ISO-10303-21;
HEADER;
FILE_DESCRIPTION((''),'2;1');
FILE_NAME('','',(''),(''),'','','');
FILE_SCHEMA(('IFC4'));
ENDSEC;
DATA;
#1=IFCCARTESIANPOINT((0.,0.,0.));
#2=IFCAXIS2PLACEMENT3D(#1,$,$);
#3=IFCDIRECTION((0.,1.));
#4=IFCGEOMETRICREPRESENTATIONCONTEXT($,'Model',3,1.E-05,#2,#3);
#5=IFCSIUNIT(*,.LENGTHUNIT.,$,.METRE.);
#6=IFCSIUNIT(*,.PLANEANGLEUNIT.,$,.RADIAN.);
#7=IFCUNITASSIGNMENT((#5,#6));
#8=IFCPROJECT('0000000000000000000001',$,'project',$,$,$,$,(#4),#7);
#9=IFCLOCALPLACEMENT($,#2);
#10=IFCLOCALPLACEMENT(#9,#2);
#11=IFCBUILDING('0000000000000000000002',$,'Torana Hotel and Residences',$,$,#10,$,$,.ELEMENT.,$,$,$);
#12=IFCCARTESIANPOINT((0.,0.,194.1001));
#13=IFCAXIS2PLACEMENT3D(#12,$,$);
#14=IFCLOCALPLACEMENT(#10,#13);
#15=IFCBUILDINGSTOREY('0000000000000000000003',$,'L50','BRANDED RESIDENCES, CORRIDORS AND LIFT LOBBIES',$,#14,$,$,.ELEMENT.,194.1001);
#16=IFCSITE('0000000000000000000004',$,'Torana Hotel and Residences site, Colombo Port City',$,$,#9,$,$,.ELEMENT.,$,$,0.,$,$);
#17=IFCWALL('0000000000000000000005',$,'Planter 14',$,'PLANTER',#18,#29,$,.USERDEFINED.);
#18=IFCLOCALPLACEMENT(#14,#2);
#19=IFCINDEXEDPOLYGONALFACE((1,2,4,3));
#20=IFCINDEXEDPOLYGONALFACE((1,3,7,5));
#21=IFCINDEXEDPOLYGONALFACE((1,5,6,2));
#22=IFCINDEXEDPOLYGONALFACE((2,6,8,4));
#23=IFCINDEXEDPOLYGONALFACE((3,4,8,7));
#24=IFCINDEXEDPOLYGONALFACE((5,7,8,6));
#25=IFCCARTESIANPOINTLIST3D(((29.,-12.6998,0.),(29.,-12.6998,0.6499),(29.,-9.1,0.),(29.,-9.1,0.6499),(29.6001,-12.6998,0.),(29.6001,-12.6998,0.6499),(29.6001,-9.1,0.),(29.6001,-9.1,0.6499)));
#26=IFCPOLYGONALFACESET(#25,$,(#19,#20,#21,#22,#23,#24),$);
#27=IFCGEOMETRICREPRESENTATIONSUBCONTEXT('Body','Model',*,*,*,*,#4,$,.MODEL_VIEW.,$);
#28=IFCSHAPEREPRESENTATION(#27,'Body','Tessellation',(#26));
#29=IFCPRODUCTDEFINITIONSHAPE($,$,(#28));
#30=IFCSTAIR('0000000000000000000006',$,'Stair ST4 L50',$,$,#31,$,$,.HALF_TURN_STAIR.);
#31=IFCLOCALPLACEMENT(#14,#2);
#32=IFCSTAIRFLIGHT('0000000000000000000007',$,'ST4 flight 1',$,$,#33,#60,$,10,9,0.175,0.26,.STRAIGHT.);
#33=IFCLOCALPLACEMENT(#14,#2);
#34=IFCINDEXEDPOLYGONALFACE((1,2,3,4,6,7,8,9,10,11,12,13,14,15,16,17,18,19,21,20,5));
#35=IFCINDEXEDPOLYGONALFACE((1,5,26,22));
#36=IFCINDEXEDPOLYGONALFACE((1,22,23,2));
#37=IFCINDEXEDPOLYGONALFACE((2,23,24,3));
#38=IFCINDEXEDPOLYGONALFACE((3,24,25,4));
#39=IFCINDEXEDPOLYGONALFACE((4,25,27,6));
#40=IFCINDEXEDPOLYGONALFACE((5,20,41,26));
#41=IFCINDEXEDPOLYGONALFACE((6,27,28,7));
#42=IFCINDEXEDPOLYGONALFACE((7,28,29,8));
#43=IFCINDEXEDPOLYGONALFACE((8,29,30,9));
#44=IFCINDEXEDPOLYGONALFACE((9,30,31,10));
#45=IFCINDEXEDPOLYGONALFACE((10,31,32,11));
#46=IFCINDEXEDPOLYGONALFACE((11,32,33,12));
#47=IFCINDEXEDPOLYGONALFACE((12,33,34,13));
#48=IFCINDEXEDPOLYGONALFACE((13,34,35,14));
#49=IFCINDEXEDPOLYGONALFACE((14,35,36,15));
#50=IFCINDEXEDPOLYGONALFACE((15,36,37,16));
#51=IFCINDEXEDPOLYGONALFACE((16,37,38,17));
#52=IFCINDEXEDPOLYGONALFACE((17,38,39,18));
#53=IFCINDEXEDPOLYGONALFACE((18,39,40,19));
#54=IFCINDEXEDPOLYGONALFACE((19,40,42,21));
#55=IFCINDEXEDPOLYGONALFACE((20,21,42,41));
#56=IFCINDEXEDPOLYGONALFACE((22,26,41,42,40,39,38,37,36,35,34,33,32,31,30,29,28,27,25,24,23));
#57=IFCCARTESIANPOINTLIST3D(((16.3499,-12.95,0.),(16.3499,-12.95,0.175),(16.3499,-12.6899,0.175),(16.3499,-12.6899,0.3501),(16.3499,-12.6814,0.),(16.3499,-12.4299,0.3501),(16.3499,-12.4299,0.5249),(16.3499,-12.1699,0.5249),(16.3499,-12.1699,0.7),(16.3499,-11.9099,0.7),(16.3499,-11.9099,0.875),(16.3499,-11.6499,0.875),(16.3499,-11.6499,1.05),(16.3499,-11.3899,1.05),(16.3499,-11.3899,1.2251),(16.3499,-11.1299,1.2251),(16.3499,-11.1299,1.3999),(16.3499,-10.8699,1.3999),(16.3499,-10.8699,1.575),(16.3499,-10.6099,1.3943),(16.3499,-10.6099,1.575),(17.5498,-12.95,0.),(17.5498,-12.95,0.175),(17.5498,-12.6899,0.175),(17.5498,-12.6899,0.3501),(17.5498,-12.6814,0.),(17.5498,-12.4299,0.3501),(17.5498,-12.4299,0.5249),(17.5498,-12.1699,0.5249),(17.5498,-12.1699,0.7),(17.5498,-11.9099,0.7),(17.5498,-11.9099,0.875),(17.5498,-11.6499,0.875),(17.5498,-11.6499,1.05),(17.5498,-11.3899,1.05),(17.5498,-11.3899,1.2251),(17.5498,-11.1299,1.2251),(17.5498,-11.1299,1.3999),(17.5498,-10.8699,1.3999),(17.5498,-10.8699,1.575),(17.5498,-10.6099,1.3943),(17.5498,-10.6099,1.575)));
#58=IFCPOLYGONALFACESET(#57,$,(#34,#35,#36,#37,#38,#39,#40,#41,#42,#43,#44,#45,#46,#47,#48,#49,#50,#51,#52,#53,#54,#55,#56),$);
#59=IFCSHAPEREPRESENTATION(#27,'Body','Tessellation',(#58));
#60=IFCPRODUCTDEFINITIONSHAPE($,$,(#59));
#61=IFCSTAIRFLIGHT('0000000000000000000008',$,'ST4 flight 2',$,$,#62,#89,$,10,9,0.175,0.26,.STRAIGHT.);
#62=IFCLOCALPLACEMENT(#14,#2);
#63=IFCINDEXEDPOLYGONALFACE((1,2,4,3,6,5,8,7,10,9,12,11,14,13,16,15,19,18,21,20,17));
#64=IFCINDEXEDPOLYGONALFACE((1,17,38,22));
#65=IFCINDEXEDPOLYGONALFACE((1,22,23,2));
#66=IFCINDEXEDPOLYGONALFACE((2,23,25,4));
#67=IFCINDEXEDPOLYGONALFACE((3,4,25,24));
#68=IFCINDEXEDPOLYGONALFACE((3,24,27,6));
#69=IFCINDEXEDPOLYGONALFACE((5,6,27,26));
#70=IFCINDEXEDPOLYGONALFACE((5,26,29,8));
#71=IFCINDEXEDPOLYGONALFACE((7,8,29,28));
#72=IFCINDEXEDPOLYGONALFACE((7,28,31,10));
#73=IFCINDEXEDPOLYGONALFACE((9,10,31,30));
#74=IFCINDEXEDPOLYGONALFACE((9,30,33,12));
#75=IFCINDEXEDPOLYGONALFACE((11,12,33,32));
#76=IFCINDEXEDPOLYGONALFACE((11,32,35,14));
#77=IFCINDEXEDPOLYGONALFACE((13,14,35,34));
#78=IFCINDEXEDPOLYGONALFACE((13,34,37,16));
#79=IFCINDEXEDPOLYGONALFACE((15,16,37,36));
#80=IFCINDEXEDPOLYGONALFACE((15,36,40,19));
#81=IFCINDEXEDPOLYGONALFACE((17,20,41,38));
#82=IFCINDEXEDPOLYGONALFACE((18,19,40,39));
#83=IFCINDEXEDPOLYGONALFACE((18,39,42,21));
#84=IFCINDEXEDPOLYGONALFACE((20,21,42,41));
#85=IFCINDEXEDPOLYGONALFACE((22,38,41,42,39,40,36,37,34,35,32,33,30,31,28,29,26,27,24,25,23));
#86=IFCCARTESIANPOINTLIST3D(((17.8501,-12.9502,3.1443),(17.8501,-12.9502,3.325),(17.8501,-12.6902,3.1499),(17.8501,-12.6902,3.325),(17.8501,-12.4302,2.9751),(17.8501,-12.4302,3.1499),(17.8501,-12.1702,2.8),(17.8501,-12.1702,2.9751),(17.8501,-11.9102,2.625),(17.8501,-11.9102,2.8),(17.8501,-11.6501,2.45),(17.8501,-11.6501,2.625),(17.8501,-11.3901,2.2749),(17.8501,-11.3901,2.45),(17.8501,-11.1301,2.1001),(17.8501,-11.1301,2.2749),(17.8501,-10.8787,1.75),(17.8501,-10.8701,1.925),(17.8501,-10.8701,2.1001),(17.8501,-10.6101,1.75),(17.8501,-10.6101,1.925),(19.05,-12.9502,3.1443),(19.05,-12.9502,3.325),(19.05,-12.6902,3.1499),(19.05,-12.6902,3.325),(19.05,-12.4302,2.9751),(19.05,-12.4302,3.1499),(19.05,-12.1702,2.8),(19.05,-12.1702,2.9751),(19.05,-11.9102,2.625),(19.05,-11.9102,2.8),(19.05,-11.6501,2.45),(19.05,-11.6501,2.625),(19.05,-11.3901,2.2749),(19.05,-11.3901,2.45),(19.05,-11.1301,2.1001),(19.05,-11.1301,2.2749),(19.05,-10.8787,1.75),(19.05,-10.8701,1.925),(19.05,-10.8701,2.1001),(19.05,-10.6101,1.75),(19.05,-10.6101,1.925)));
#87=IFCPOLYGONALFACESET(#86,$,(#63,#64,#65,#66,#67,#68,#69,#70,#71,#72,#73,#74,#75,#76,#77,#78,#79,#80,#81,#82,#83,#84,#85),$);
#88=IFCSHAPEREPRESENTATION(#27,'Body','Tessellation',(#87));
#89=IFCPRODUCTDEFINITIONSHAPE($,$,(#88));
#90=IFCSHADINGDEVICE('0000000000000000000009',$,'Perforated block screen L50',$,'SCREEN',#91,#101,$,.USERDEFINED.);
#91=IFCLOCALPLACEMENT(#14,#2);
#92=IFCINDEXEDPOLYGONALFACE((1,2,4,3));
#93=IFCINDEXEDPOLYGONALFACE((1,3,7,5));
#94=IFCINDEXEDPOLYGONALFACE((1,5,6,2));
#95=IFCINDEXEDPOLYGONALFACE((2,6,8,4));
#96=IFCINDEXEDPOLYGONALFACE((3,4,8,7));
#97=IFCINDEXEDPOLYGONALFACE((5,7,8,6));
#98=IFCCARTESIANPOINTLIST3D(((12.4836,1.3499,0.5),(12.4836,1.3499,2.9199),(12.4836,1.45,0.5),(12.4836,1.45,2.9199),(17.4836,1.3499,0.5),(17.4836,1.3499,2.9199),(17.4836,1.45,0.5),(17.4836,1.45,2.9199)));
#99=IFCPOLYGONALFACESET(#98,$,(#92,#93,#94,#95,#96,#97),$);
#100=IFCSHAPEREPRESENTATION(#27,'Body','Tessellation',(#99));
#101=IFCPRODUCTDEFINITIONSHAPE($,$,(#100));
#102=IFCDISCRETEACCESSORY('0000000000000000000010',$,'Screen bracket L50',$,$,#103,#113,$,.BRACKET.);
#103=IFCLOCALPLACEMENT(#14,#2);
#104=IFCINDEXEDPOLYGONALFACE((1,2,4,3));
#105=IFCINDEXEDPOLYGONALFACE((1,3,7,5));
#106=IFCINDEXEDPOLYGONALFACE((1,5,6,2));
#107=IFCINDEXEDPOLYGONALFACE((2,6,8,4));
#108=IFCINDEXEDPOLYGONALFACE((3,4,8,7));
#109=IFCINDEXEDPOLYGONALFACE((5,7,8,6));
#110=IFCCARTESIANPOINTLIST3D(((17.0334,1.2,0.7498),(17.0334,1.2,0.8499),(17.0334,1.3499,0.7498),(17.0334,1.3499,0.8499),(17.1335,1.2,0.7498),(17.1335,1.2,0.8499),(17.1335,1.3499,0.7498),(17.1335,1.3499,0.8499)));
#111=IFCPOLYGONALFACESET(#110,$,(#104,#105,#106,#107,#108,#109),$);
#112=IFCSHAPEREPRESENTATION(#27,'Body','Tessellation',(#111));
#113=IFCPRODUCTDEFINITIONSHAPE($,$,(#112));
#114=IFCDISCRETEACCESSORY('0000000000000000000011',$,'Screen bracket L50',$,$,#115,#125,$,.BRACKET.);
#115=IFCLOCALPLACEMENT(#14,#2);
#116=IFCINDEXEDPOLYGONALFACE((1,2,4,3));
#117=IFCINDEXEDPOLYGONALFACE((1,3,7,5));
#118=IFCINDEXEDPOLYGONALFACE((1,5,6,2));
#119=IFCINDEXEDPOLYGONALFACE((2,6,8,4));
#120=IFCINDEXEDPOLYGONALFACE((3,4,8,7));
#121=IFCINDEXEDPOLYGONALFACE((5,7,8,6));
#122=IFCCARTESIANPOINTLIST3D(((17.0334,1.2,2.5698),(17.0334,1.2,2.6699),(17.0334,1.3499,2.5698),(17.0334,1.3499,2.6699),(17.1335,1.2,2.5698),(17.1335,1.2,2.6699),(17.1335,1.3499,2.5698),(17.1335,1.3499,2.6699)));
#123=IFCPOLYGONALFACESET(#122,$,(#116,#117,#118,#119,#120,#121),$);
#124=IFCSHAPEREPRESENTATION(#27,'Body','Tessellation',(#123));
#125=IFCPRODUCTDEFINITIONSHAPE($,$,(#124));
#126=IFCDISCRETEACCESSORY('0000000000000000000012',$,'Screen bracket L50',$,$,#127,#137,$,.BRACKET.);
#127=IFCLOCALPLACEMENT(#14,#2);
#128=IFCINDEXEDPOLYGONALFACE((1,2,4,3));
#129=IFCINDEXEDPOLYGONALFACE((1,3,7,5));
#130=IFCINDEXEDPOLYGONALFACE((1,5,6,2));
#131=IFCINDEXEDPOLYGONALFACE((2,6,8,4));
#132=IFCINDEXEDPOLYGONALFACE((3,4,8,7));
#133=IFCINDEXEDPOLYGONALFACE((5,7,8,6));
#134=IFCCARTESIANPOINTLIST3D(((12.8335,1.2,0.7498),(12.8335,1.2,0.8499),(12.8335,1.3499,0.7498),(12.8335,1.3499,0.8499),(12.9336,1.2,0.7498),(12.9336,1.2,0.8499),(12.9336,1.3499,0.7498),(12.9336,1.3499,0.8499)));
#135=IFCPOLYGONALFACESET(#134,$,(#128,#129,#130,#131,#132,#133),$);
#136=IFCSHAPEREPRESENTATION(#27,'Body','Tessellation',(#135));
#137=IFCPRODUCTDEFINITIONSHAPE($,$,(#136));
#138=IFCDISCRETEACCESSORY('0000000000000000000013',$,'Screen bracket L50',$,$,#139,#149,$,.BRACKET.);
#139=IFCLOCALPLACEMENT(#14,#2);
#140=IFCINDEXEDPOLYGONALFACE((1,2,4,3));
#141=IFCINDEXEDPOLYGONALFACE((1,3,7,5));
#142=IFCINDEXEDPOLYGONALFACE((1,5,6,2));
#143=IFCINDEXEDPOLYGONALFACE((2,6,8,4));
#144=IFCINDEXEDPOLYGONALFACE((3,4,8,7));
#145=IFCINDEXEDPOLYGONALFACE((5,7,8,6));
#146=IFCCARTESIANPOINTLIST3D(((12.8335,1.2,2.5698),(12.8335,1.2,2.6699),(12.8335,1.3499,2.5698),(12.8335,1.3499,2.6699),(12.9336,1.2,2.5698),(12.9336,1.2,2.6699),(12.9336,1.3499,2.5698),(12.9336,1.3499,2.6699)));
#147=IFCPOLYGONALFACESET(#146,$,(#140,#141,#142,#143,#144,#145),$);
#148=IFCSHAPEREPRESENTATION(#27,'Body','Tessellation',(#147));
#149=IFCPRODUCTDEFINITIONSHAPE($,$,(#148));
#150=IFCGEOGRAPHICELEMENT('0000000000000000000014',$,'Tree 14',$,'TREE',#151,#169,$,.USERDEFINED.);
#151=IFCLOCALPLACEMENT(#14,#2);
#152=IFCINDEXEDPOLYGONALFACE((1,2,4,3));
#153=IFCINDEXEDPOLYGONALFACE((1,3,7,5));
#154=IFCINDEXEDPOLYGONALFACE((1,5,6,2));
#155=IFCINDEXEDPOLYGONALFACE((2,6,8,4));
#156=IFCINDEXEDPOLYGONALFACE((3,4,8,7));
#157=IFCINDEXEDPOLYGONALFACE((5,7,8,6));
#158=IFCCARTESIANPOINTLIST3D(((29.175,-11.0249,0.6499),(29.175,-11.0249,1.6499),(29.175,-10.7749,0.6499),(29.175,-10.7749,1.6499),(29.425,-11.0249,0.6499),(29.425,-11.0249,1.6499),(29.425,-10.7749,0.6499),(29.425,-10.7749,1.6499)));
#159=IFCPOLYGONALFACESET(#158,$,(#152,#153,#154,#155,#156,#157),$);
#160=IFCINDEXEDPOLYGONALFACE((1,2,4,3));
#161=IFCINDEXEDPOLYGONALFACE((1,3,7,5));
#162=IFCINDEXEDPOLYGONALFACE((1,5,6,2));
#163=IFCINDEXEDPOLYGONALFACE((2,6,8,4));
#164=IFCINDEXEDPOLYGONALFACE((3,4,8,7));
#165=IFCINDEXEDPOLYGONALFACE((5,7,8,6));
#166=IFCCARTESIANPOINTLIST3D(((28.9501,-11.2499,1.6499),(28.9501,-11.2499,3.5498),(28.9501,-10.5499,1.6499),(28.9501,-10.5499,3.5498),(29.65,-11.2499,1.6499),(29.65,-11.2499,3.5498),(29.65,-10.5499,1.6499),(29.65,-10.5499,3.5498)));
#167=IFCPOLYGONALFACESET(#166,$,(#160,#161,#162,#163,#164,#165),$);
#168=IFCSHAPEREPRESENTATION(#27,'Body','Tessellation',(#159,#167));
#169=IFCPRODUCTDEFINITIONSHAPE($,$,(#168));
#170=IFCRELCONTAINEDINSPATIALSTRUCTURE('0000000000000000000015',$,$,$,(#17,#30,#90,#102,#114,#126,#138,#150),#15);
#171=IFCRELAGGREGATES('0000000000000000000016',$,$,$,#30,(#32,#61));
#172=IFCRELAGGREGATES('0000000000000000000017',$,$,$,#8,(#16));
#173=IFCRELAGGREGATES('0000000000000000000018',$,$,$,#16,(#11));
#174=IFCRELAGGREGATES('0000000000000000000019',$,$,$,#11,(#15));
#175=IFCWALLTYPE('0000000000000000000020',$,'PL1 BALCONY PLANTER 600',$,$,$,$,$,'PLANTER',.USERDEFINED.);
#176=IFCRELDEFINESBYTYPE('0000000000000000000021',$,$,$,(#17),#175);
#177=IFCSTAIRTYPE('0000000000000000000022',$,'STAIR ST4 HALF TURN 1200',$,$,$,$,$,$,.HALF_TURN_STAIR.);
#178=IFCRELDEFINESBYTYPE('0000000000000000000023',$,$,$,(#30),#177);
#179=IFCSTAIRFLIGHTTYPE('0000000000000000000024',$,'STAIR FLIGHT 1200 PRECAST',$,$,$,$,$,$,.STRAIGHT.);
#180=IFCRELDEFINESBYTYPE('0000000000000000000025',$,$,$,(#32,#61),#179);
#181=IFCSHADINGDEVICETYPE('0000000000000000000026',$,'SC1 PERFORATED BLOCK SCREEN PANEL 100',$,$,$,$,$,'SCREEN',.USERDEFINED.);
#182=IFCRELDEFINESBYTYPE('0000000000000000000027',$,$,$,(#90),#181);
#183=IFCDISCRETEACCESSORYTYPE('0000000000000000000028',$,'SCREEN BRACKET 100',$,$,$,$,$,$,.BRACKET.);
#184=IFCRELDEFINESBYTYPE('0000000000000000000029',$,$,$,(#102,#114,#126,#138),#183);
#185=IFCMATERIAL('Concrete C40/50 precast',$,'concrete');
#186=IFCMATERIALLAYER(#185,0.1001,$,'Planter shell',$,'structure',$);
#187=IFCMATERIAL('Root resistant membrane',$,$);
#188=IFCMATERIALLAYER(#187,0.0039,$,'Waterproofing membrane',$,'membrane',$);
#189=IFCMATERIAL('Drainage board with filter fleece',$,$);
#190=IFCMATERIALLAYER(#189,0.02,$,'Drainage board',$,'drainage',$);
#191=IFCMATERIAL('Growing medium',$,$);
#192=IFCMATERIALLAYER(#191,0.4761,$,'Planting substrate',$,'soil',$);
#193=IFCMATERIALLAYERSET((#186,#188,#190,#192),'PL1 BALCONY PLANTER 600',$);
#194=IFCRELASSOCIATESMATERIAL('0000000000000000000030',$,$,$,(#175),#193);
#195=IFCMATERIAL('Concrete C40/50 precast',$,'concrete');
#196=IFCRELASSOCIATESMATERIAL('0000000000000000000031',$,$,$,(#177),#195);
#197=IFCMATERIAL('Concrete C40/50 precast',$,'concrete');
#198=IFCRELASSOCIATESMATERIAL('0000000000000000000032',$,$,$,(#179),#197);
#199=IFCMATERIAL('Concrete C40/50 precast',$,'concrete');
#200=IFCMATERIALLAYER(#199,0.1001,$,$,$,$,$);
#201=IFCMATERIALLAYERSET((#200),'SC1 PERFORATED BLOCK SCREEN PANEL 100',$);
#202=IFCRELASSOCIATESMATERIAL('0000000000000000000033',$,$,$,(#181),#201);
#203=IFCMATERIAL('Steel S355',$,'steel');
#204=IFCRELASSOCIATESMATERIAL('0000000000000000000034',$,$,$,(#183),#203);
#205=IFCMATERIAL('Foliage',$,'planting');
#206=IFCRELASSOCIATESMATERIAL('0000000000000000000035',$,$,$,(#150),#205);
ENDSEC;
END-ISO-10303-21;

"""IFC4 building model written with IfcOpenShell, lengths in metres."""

from ifc_helpers import new_model, si_unit, direction, frame, frame_2d, origin, origin_2d, place, context, subcontext, project, spatial, polyline, rectangle, outline, extrude, material, layer, layer_set, type_object, element, aggregate, save


model = new_model("IFC4")

# Units and contexts
model_context = context("Model", 3, precision=1e-05, world=origin(), true_north=direction((0.0, 1.0)))
body_context = subcontext(model_context, "Body", "Model", "MODEL_VIEW")
ifc_project = project(units=[si_unit("LENGTHUNIT", "METRE"), si_unit("PLANEANGLEUNIT", "RADIAN")], contexts=[model_context])

# Site, building, storey
site_placement = place(None, origin())
site = spatial("IfcSite", under=ifc_project, at=site_placement, Name="Torana Hotel and Residences site, Colombo Port City", CompositionType="ELEMENT", RefElevation=0.0)
building_placement = place(site_placement, origin())
building = spatial("IfcBuilding", under=site, at=building_placement, Name="Torana Hotel and Residences", CompositionType="ELEMENT")
storey_placement = place(building_placement, frame((0.0, 0.0, 194.1001)))
storey = spatial("IfcBuildingStorey", under=building, at=storey_placement, Name="L50", Description="BRANDED RESIDENCES, CORRIDORS AND LIFT LOBBIES", CompositionType="ELEMENT", Elevation=194.1001)

# Shared definitions
ifc_material_1 = material(Name="Concrete C40/50 precast", Category="concrete")

# Wall
ifc_layer_1 = layer(ifc_material_1, 0.1001, Name="Planter shell", Category="structure")
ifc_material_2 = material(Name="Root resistant membrane")
ifc_layer_2 = layer(ifc_material_2, 0.0039, Name="Waterproofing membrane", Category="membrane")
ifc_material_3 = material(Name="Drainage board with filter fleece")
ifc_layer_3 = layer(ifc_material_3, 0.02, Name="Drainage board", Category="drainage")
ifc_material_4 = material(Name="Growing medium")
ifc_layer_4 = layer(ifc_material_4, 0.4761, Name="Planting substrate", Category="soil")
ifc_layer_set_1 = layer_set([ifc_layer_1, ifc_layer_2, ifc_layer_3, ifc_layer_4], Name="PL1 BALCONY PLANTER 600")
wall_type_1 = type_object("IfcWallType", Name="PL1 BALCONY PLANTER 600", ElementType="PLANTER", PredefinedType="USERDEFINED", material=ifc_layer_set_1)
wall_1_placement = place(storey_placement, frame((29.3, -9.1001, 0.0), z_axis=(0.0, 0.0, 1.0), x_axis=(0.0, -1.0, 0.0)))
element("IfcWall", 1, at=wall_1_placement, inside=storey, type_object=wall_type_1, Name="Planter 14", ObjectType="PLANTER", PredefinedType="USERDEFINED", context=body_context, shape_type="SweptSolid", body=[
    extrude(rectangle(XDim=3.5999, YDim=0.6001, at=frame_2d((1.7998, 0.0))), origin(), (0.0, 0.0, 1.0), 0.6499),
])

# Stair, stair flights
ifc_material_5 = material(Name="Concrete C40/50 precast", Category="concrete")
stair_type = type_object("IfcStairType", Name="STAIR ST4 HALF TURN 1200", PredefinedType="HALF_TURN_STAIR", material=ifc_material_5)
stair_placement = place(storey_placement, origin())
stair = element("IfcStair", 2, at=stair_placement, inside=storey, type_object=stair_type, Name="Stair ST4 L50", PredefinedType="HALF_TURN_STAIR")
ifc_material_6 = material(Name="Concrete C40/50 precast", Category="concrete")
stair_flight_type = type_object("IfcStairFlightType", Name="STAIR FLIGHT 1200 PRECAST", PredefinedType="STRAIGHT", material=ifc_material_6)
stair_flight_1_placement = place(storey_placement, frame((16.95, -12.95, 0.0), z_axis=(0.0, 0.0, 1.0), x_axis=(0.0, 1.0, 0.0)))
stair_flight_1 = element("IfcStairFlight", 3, at=stair_flight_1_placement, type_object=stair_flight_type, Name="ST4 flight 1", NumberOfRisers=10, NumberOfTreads=9, PredefinedType="STRAIGHT", RiserHeight=0.175, TreadLength=0.26, context=body_context, shape_type="SweptSolid", body=[
    extrude(outline(polyline([(0.0, 0.0), (0.0, 0.175), (0.26, 0.175), (0.26, 0.3501), (0.52, 0.3501), (0.52, 0.5249), (0.78, 0.5249), (0.78, 0.7), (1.04, 0.7), (1.04, 0.875), (1.3, 0.875), (1.3, 1.05), (1.5601, 1.05), (1.5601, 1.2251), (1.8201, 1.2251), (1.8201, 1.3999), (2.0801, 1.3999), (2.0801, 1.575), (2.3401, 1.575), (2.3401, 1.75), (2.3401, 1.3943), (0.2686, 0.0), (0.0, 0.0)])), frame((0.0, 0.6001, 0.0), z_axis=(0.0, -1.0, 0.0), x_axis=(1.0, 0.0, 0.0)), (0.0, 0.0, 1.0), 1.2),
])
stair_flight_2_placement = place(storey_placement, frame((18.45, -10.6101, 1.75), z_axis=(0.0, 0.0, 1.0), x_axis=(0.0, -1.0, 0.0)))
stair_flight_2 = element("IfcStairFlight", 4, at=stair_flight_2_placement, type_object=stair_flight_type, Name="ST4 flight 2", NumberOfRisers=10, NumberOfTreads=9, PredefinedType="STRAIGHT", RiserHeight=0.175, TreadLength=0.26, context=body_context, shape_type="SweptSolid", body=[
    extrude(outline(polyline([(0.0, 0.0), (0.0, 0.175), (0.26, 0.175), (0.26, 0.3501), (0.52, 0.3501), (0.52, 0.5249), (0.78, 0.5249), (0.78, 0.7), (1.04, 0.7), (1.04, 0.875), (1.3, 0.875), (1.3, 1.05), (1.5601, 1.05), (1.5601, 1.2251), (1.8201, 1.2251), (1.8201, 1.3999), (2.0801, 1.3999), (2.0801, 1.575), (2.3401, 1.575), (2.3401, 1.75), (2.3401, 1.3943), (0.2686, 0.0), (0.0, 0.0)])), frame((0.0, 0.6001, 0.0), z_axis=(0.0, -1.0, 0.0), x_axis=(1.0, 0.0, 0.0)), (0.0, 0.0, 1.0), 1.2),
])
aggregate(stair, [stair_flight_1, stair_flight_2])

# Shading device
ifc_material_7 = material(Name="Concrete C40/50 precast", Category="concrete")
ifc_layer_5 = layer(ifc_material_7, 0.1001)
ifc_layer_set_2 = layer_set([ifc_layer_5], Name="SC1 PERFORATED BLOCK SCREEN PANEL 100")
shading_device_type = type_object("IfcShadingDeviceType", Name="SC1 PERFORATED BLOCK SCREEN PANEL 100", ElementType="SCREEN", PredefinedType="USERDEFINED", material=ifc_layer_set_2)
shading_device_placement = place(storey_placement, frame((14.9836, 1.3999, 0.5), z_axis=(0.0, 0.0, 1.0), x_axis=(-1.0, 0.0, 0.0)))
element("IfcShadingDevice", 5, at=shading_device_placement, inside=storey, type_object=shading_device_type, Name="Perforated block screen L50", ObjectType="SCREEN", PredefinedType="USERDEFINED", context=body_context, shape_type="SweptSolid", body=[
    extrude(rectangle(XDim=5.0, YDim=0.1001, at=origin_2d()), origin(), (0.0, 0.0, 1.0), 2.4199),
])

# Discrete accessories
ifc_material_8 = material(Name="Steel S355", Category="steel")
discrete_accessory_type = type_object("IfcDiscreteAccessoryType", Name="SCREEN BRACKET 100", PredefinedType="BRACKET", material=ifc_material_8)
for number, where, z_axis, x_axis, name in (
    (6, (17.0835, 1.2749, 0.7498), (0.0, 0.0, 1.0), (-1.0, 0.0, 0.0), "Screen bracket L50"),
    (7, (17.0835, 1.2749, 2.5698), (0.0, 0.0, 1.0), (-1.0, 0.0, 0.0), "Screen bracket L50"),
    (8, (12.8835, 1.2749, 0.7498), (0.0, 0.0, 1.0), (-1.0, 0.0, 0.0), "Screen bracket L50"),
    (9, (12.8835, 1.2749, 2.5698), (0.0, 0.0, 1.0), (-1.0, 0.0, 0.0), "Screen bracket L50"),
):
    element("IfcDiscreteAccessory", number, at=place(storey_placement, frame(where, z_axis=z_axis, x_axis=x_axis)), inside=storey, type_object=discrete_accessory_type, Name=name, PredefinedType="BRACKET", context=body_context, shape_type="SweptSolid", body=[
        extrude(rectangle(XDim=0.1001, YDim=0.1499, at=origin_2d()), origin(), (0.0, 0.0, 1.0), 0.1001),
    ])

# Geographic element
ifc_material_9 = material(Name="Foliage", Category="planting")
geographic_element_placement = place(storey_placement, frame((29.3, -10.8999, 0.6499), z_axis=(0.0, 0.0, 1.0), x_axis=(1.0, 0.0, 0.0)))
element("IfcGeographicElement", 10, at=geographic_element_placement, inside=storey, material=ifc_material_9, Name="Tree 14", ObjectType="TREE", PredefinedType="USERDEFINED", context=body_context, shape_type="SweptSolid", body=[
    extrude(rectangle(XDim=0.25, YDim=0.25, at=origin_2d()), origin(), (0.0, 0.0, 1.0), 1.0),
    extrude(rectangle(XDim=0.7, YDim=0.7, at=origin_2d()), frame((0.0, 0.0, 1.0)), (0.0, 0.0, 1.0), 1.8999),
])

save(model, "model.ifc")
